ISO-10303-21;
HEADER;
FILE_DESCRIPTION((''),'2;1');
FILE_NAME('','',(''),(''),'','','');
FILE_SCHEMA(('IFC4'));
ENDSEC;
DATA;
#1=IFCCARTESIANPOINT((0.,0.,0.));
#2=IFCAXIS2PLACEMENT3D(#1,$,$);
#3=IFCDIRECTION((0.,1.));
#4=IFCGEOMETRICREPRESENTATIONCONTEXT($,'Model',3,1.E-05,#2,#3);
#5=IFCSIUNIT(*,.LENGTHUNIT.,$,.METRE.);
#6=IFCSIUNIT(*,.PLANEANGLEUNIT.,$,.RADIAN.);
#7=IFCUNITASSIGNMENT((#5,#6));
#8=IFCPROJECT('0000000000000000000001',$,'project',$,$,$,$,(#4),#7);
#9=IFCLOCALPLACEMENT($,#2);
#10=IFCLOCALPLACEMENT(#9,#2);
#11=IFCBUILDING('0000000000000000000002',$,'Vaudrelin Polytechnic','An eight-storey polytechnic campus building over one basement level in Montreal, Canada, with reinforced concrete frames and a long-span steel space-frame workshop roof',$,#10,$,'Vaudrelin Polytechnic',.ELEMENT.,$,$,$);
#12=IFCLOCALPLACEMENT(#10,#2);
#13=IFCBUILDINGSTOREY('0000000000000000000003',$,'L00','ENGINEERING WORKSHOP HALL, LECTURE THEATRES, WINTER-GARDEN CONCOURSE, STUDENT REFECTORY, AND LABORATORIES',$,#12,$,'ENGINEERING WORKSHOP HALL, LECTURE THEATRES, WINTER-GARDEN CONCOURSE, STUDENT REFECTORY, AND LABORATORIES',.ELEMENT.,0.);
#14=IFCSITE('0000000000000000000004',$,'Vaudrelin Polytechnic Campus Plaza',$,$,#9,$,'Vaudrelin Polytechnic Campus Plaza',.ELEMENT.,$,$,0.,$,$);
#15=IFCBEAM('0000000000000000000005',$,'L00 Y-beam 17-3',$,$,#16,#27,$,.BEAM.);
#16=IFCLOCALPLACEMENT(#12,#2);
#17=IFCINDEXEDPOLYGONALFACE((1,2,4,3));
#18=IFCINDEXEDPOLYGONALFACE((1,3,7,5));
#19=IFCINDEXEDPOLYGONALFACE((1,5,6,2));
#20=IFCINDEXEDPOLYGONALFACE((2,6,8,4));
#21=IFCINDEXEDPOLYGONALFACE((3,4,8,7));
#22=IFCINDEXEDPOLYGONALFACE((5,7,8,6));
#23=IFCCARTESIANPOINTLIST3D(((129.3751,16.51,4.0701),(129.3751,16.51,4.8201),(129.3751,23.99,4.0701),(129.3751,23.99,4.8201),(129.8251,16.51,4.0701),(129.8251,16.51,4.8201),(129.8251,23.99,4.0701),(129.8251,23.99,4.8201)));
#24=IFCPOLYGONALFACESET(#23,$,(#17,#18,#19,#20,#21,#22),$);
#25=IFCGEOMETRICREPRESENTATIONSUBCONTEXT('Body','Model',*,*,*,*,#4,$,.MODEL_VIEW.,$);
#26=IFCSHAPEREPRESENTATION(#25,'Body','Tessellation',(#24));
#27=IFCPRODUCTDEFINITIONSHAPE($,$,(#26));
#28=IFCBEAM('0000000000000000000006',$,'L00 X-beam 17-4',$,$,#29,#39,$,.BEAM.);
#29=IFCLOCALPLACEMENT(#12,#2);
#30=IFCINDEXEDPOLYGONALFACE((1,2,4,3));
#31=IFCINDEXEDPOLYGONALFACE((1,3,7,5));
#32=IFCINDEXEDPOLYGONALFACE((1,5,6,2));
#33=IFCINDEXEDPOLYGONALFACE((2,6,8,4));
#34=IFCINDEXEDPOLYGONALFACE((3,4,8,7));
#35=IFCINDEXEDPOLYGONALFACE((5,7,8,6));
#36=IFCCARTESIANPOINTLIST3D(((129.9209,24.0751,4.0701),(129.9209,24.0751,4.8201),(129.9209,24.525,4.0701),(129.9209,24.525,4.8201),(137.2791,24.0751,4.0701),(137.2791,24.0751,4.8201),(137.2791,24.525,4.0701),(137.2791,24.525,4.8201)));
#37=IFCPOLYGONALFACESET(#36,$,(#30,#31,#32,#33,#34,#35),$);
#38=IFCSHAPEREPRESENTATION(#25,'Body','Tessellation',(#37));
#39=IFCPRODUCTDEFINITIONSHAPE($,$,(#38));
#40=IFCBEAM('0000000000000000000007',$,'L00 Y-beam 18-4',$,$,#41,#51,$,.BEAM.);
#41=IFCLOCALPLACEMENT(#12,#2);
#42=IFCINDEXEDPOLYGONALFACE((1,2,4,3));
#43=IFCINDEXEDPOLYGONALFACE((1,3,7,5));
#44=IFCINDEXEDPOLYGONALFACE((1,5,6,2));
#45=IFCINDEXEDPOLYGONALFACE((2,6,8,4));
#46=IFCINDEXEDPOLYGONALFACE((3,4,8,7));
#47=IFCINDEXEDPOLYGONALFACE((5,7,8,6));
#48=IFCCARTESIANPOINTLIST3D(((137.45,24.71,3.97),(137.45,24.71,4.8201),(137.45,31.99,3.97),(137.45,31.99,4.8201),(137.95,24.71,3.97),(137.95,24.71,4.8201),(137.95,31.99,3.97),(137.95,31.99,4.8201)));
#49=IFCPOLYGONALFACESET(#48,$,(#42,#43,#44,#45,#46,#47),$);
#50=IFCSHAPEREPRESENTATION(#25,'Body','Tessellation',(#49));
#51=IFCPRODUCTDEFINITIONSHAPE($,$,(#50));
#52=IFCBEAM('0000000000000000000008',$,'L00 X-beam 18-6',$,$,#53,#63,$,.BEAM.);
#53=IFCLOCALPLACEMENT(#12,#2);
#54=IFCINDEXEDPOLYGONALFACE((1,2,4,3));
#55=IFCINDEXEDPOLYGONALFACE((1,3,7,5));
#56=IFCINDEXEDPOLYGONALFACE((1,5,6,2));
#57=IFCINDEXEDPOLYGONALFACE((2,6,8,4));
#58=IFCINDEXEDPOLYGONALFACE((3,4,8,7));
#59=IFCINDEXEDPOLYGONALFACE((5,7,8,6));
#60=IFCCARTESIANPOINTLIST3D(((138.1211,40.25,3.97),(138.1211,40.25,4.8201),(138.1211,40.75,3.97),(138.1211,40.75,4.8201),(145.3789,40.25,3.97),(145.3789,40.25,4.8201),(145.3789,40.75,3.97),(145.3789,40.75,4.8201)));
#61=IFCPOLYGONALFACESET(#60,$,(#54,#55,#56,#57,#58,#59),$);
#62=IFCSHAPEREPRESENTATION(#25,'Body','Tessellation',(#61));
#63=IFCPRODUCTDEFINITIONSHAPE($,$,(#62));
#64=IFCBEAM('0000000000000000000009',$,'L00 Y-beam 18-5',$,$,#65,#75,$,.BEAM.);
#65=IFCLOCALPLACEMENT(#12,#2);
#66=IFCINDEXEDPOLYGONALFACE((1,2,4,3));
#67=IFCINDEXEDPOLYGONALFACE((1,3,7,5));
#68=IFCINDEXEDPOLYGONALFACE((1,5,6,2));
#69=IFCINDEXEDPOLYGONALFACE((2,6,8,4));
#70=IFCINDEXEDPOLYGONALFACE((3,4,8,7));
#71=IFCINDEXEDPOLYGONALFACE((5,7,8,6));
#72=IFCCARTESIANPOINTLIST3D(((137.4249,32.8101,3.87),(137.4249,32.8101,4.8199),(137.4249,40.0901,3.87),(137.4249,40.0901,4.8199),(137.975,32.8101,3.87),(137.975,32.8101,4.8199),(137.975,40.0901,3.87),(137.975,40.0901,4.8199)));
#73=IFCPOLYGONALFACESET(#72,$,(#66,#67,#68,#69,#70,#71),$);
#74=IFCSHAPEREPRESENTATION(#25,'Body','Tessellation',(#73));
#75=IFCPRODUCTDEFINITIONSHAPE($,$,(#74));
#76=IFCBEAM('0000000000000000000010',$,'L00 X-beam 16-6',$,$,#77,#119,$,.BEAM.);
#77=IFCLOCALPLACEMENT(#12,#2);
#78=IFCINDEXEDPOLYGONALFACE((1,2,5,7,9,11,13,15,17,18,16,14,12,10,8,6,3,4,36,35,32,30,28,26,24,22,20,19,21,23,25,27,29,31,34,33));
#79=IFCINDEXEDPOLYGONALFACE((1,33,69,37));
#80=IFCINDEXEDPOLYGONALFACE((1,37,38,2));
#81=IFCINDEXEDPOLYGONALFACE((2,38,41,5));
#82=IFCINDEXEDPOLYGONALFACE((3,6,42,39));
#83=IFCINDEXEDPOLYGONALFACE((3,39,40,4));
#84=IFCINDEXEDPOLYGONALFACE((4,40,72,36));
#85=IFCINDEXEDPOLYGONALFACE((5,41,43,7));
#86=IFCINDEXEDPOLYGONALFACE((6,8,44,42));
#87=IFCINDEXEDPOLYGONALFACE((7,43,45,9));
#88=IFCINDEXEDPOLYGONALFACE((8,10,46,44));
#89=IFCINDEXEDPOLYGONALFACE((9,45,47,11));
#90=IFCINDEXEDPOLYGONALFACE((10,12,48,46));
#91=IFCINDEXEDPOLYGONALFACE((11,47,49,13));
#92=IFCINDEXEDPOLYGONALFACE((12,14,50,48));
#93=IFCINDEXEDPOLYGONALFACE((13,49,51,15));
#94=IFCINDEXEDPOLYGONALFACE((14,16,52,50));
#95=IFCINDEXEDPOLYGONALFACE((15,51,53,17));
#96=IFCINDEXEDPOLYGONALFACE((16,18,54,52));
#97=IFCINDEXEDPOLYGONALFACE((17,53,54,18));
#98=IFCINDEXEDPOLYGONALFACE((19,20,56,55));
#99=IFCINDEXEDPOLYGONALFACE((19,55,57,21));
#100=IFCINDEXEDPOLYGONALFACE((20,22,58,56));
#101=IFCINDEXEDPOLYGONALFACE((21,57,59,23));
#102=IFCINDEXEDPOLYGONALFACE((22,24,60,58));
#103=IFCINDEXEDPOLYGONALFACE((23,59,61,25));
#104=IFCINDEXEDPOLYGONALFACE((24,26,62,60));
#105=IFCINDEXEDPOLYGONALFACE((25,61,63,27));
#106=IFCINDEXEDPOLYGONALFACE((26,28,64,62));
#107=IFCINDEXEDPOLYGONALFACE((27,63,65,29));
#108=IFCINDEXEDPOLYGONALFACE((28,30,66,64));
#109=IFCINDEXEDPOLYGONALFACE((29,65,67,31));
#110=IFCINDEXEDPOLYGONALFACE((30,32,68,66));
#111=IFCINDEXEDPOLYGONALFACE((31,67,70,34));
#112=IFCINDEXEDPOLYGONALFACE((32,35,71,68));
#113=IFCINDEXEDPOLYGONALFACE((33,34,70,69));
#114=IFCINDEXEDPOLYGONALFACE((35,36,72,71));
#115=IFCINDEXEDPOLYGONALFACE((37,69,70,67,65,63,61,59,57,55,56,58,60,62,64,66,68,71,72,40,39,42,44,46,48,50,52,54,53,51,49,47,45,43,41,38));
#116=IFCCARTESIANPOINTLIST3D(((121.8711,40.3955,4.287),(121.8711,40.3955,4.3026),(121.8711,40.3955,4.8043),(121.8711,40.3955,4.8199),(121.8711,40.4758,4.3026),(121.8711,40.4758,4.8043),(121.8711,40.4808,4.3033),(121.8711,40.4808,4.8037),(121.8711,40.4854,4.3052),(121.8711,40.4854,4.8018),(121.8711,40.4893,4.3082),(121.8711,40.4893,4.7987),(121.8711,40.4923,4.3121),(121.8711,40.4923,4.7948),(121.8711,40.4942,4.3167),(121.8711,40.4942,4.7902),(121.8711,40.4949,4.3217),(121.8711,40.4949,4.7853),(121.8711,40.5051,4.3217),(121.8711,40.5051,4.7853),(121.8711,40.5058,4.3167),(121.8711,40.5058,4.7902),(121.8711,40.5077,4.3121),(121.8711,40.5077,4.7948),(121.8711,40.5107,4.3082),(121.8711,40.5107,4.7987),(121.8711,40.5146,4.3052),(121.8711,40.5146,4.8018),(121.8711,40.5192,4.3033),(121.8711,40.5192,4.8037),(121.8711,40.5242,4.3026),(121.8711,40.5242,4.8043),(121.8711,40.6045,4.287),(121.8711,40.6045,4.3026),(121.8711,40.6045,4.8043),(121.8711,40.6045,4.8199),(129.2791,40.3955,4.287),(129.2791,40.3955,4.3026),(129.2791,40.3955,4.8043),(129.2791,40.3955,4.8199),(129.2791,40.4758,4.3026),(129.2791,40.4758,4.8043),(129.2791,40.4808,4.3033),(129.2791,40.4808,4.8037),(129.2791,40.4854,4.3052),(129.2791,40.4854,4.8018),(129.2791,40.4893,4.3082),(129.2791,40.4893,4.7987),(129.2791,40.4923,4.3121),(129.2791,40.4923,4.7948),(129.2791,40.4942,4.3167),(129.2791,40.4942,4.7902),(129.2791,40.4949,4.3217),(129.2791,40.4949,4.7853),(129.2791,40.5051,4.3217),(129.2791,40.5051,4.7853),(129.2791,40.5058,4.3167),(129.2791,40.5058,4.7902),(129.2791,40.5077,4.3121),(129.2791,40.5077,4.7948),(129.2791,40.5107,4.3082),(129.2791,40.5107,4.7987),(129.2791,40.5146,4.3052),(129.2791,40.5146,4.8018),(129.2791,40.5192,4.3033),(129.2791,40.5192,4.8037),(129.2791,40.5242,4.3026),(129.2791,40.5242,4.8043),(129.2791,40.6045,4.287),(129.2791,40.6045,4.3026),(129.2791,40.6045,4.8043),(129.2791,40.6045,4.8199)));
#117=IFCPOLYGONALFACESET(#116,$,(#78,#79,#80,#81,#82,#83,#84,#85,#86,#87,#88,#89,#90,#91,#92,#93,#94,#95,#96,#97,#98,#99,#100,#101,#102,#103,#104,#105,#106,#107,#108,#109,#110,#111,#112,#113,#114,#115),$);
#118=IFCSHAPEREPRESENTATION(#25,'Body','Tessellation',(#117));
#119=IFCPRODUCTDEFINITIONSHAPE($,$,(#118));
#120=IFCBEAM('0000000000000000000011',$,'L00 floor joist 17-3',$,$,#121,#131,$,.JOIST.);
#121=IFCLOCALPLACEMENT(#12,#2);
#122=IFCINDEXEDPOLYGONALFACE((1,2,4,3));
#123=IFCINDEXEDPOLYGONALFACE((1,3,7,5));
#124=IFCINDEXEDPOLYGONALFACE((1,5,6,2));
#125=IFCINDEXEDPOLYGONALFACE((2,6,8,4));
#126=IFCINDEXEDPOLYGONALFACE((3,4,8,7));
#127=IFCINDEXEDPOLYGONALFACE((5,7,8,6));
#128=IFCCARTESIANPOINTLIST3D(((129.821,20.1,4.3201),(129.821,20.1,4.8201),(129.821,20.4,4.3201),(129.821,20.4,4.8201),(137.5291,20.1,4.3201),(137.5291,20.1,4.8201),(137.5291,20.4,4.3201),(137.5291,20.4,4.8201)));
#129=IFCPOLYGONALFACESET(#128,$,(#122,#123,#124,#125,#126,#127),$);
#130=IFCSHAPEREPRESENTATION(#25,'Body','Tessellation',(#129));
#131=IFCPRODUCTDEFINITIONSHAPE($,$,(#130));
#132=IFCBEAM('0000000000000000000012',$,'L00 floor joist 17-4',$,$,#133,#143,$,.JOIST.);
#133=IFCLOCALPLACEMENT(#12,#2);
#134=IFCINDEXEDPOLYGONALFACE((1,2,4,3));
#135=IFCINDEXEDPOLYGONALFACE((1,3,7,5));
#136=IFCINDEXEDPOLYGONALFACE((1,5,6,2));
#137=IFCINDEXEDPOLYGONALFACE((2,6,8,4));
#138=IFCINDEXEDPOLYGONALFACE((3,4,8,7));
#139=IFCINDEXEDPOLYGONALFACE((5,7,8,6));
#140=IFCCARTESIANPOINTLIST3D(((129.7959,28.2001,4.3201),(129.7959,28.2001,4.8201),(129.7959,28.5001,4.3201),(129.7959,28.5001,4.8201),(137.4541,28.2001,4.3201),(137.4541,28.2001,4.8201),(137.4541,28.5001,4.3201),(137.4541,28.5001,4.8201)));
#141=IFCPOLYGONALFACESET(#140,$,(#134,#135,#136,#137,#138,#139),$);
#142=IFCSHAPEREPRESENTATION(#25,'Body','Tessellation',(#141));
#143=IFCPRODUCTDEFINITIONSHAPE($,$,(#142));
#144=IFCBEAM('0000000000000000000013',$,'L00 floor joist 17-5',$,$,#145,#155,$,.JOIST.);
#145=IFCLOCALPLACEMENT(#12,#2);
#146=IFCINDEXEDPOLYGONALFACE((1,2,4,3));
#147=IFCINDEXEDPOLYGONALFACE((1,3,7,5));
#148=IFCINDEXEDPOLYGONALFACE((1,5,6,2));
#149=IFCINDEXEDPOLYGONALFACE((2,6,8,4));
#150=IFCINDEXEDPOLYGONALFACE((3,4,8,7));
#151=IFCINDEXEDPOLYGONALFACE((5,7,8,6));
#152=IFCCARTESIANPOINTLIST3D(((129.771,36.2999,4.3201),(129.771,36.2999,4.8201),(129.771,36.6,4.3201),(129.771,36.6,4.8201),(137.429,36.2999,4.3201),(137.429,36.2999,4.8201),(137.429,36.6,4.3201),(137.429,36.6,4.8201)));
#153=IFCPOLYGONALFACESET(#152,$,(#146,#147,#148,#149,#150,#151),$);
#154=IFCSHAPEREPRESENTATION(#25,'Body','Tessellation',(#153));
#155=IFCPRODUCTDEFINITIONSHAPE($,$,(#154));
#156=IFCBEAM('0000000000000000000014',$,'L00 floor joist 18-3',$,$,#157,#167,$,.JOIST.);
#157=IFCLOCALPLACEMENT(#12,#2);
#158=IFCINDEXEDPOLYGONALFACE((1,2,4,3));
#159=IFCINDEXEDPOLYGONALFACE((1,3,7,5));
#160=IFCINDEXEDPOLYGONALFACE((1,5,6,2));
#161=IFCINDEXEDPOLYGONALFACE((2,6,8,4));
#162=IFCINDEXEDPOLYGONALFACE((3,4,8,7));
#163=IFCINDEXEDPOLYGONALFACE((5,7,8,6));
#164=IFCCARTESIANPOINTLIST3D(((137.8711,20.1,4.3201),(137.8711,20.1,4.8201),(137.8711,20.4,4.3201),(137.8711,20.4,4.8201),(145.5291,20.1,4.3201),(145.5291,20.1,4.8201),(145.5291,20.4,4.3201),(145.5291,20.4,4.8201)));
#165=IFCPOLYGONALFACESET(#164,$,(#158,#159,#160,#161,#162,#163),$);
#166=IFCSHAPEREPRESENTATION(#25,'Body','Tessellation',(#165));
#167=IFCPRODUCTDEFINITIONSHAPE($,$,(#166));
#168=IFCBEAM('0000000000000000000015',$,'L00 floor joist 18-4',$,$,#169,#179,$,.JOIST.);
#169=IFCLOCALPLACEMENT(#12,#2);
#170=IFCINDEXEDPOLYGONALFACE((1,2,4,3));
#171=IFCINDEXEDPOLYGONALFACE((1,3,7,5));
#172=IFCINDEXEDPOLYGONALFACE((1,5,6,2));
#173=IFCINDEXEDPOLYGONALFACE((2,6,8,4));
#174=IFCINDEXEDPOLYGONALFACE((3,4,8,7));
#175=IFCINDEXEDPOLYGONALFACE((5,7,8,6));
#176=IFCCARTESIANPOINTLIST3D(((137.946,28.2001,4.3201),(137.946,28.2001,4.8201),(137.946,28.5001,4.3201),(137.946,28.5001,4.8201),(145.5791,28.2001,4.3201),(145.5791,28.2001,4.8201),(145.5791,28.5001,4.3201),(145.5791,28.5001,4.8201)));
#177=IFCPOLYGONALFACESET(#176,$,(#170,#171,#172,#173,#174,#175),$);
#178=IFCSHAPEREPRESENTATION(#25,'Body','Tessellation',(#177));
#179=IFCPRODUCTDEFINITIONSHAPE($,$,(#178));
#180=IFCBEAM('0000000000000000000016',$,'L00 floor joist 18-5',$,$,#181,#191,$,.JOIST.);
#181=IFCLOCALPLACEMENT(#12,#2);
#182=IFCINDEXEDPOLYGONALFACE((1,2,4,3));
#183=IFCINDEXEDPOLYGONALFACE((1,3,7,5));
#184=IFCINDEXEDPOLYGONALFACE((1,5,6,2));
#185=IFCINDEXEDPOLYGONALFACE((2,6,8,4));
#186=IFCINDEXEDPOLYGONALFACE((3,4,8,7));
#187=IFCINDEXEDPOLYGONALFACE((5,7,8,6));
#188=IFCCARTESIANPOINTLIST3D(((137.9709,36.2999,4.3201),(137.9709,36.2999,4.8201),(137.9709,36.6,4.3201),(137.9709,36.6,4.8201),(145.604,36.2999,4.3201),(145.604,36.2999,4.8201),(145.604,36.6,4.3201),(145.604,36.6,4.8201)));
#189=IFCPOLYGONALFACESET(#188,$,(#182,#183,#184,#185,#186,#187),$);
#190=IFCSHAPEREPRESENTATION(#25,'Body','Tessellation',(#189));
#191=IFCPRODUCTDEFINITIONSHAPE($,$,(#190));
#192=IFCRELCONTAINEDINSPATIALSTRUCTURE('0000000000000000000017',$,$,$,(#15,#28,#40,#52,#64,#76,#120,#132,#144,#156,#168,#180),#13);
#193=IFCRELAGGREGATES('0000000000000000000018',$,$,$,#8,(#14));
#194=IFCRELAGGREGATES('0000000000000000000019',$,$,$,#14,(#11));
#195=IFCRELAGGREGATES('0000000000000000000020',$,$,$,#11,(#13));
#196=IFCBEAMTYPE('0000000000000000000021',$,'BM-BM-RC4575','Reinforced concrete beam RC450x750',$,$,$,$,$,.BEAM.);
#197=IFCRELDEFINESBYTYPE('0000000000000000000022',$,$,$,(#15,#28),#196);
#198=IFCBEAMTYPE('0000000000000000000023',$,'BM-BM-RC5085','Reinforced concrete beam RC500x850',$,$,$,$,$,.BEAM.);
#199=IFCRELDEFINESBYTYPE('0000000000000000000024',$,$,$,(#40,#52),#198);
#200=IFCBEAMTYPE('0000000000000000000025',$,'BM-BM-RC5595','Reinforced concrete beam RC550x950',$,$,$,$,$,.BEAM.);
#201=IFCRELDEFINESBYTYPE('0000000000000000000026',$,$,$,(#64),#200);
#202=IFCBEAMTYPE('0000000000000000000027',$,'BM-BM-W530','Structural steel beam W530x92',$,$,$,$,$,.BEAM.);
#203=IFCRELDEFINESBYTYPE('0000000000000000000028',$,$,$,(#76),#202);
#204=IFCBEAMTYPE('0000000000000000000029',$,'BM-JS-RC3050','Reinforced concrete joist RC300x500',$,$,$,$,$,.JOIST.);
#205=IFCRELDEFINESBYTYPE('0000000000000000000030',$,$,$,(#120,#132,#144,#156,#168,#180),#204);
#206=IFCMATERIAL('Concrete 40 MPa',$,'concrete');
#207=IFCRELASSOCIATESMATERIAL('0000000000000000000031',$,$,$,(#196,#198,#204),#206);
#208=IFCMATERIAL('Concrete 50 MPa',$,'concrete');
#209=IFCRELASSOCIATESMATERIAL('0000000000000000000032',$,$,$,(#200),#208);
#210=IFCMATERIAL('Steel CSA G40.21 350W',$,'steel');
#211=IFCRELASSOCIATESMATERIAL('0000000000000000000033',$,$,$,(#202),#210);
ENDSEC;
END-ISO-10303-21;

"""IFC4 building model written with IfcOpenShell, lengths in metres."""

from ifc_helpers import new_model, si_unit, direction, frame, origin, origin_2d, place, context, subcontext, project, spatial, rectangle, i_section, extrude, material, material_profile, profile_set, type_object, element, save


model = new_model("IFC4")

# Units and contexts
model_context = context("Model", 3, precision=1e-05, world=origin(), true_north=direction((0.0, 1.0)))
body_context = subcontext(model_context, "Body", "Model", "MODEL_VIEW")
ifc_project = project(units=[si_unit("LENGTHUNIT", "METRE"), si_unit("PLANEANGLEUNIT", "RADIAN")], contexts=[model_context])

# Site, building, storey
site_placement = place(None, origin())
site = spatial("IfcSite", under=ifc_project, at=site_placement, Name="Vaudrelin Polytechnic Campus Plaza", LongName="Vaudrelin Polytechnic Campus Plaza", CompositionType="ELEMENT", RefElevation=0.0)
building_placement = place(site_placement, origin())
building = spatial("IfcBuilding", under=site, at=building_placement, Name="Vaudrelin Polytechnic", Description="An eight-storey polytechnic campus building over one basement level in Montreal, Canada, with reinforced concrete frames and a long-span steel space-frame workshop roof", LongName="Vaudrelin Polytechnic", CompositionType="ELEMENT")
storey_placement = place(building_placement, origin())
storey = spatial("IfcBuildingStorey", under=building, at=storey_placement, Name="L00", Description="ENGINEERING WORKSHOP HALL, LECTURE THEATRES, WINTER-GARDEN CONCOURSE, STUDENT REFECTORY, AND LABORATORIES", LongName="ENGINEERING WORKSHOP HALL, LECTURE THEATRES, WINTER-GARDEN CONCOURSE, STUDENT REFECTORY, AND LABORATORIES", CompositionType="ELEMENT", Elevation=0.0)

# Shared definitions
ifc_material_1 = material(Name="Concrete 40 MPa", Category="concrete")
ifc_material_2 = material(Name="Concrete 50 MPa", Category="concrete")

# Beams
ifc_material_profile_1 = material_profile(ifc_material_1, rectangle(XDim=0.45, YDim=0.75, at=origin_2d()), Name="RC450x750")
ifc_profile_set_1 = profile_set([ifc_material_profile_1], Name="Concrete 40 MPa")
beam_type_1 = type_object("IfcBeamType", Name="BM-BM-RC4575", Description="Reinforced concrete beam RC450x750", PredefinedType="BEAM", material=ifc_profile_set_1)
beam_1_placement = place(storey_placement, frame((129.6001, 16.51, 4.4451), z_axis=(0.0, 1.0, 0.0), x_axis=(-1.0, 0.0, 0.0)))
element("IfcBeam", 1, at=beam_1_placement, inside=storey, type_object=beam_type_1, Name="L00 Y-beam 17-3", PredefinedType="BEAM", context=body_context, shape_type="SweptSolid", body=[
    extrude(rectangle(XDim=0.45, YDim=0.75, at=origin_2d()), origin(), (0.0, 0.0, 1.0), 7.48),
])
beam_2_placement = place(storey_placement, frame((129.9209, 24.3, 4.4451), z_axis=(1.0, 0.0, 0.0), x_axis=(0.0, 1.0, 0.0)))
element("IfcBeam", 2, at=beam_2_placement, inside=storey, type_object=beam_type_1, Name="L00 X-beam 17-4", PredefinedType="BEAM", context=body_context, shape_type="SweptSolid", body=[
    extrude(rectangle(XDim=0.45, YDim=0.75, at=origin_2d()), origin(), (0.0, 0.0, 1.0), 7.3582),
])
ifc_material_profile_2 = material_profile(ifc_material_1, rectangle(XDim=0.5, YDim=0.8501, at=origin_2d()), Name="RC500x850")
ifc_profile_set_2 = profile_set([ifc_material_profile_2], Name="Concrete 40 MPa")
beam_type_2 = type_object("IfcBeamType", Name="BM-BM-RC5085", Description="Reinforced concrete beam RC500x850", PredefinedType="BEAM", material=ifc_profile_set_2)
beam_3_placement = place(storey_placement, frame((137.7, 24.71, 4.395), z_axis=(0.0, 1.0, 0.0), x_axis=(-1.0, 0.0, 0.0)))
element("IfcBeam", 3, at=beam_3_placement, inside=storey, type_object=beam_type_2, Name="L00 Y-beam 18-4", PredefinedType="BEAM", context=body_context, shape_type="SweptSolid", body=[
    extrude(rectangle(XDim=0.5, YDim=0.8501, at=origin_2d()), origin(), (0.0, 0.0, 1.0), 7.28),
])
beam_4_placement = place(storey_placement, frame((138.1211, 40.5, 4.395), z_axis=(1.0, 0.0, 0.0), x_axis=(0.0, 1.0, 0.0)))
element("IfcBeam", 4, at=beam_4_placement, inside=storey, type_object=beam_type_2, Name="L00 X-beam 18-6", PredefinedType="BEAM", context=body_context, shape_type="SweptSolid", body=[
    extrude(rectangle(XDim=0.5, YDim=0.8501, at=origin_2d()), origin(), (0.0, 0.0, 1.0), 7.2578),
])
ifc_material_profile_3 = material_profile(ifc_material_2, rectangle(XDim=0.55, YDim=0.95, at=origin_2d()), Name="RC550x950")
ifc_profile_set_3 = profile_set([ifc_material_profile_3], Name="Concrete 50 MPa")
beam_type_3 = type_object("IfcBeamType", Name="BM-BM-RC5595", Description="Reinforced concrete beam RC550x950", PredefinedType="BEAM", material=ifc_profile_set_3)
beam_5_placement = place(storey_placement, frame((137.7, 32.8101, 4.345), z_axis=(0.0, 1.0, 0.0), x_axis=(-1.0, 0.0, 0.0)))
element("IfcBeam", 5, at=beam_5_placement, inside=storey, type_object=beam_type_3, Name="L00 Y-beam 18-5", PredefinedType="BEAM", context=body_context, shape_type="SweptSolid", body=[
    extrude(rectangle(XDim=0.55, YDim=0.95, at=origin_2d()), origin(), (0.0, 0.0, 1.0), 7.28),
])
ifc_material_3 = material(Name="Steel CSA G40.21 350W", Category="steel")
ifc_material_profile_4 = material_profile(ifc_material_3, i_section(OverallWidth=0.209, OverallDepth=0.533, WebThickness=0.0103, FlangeThickness=0.0156, FilletRadius=0.019, at=origin_2d()), Name="W530x92")
ifc_profile_set_4 = profile_set([ifc_material_profile_4], Name="Steel CSA G40.21 350W")
beam_type_4 = type_object("IfcBeamType", Name="BM-BM-W530", Description="Structural steel beam W530x92", PredefinedType="BEAM", material=ifc_profile_set_4)
beam_6_placement = place(storey_placement, frame((121.8711, 40.5, 4.5535), z_axis=(1.0, 0.0, 0.0), x_axis=(0.0, 1.0, 0.0)))
element("IfcBeam", 6, at=beam_6_placement, inside=storey, type_object=beam_type_4, Name="L00 X-beam 16-6", PredefinedType="BEAM", context=body_context, shape_type="SweptSolid", body=[
    extrude(i_section(OverallWidth=0.209, OverallDepth=0.533, WebThickness=0.0103, FlangeThickness=0.0156, FilletRadius=0.019, at=origin_2d()), origin(), (0.0, 0.0, 1.0), 7.408),
])
ifc_material_profile_5 = material_profile(ifc_material_1, rectangle(XDim=0.3, YDim=0.5, at=origin_2d()), Name="RC300x500")
ifc_profile_set_5 = profile_set([ifc_material_profile_5], Name="Concrete 40 MPa")
beam_type_5 = type_object("IfcBeamType", Name="BM-JS-RC3050", Description="Reinforced concrete joist RC300x500", PredefinedType="JOIST", material=ifc_profile_set_5)
beam_7_placement = place(storey_placement, frame((129.821, 20.25, 4.5701), z_axis=(1.0, 0.0, 0.0), x_axis=(0.0, 1.0, 0.0)))
element("IfcBeam", 7, at=beam_7_placement, inside=storey, type_object=beam_type_5, Name="L00 floor joist 17-3", PredefinedType="JOIST", context=body_context, shape_type="SweptSolid", body=[
    extrude(rectangle(XDim=0.3, YDim=0.5, at=origin_2d()), origin(), (0.0, 0.0, 1.0), 7.708),
])
beam_8_placement = place(storey_placement, frame((129.7959, 28.3501, 4.5701), z_axis=(1.0, 0.0, 0.0), x_axis=(0.0, 1.0, 0.0)))
element("IfcBeam", 8, at=beam_8_placement, inside=storey, type_object=beam_type_5, Name="L00 floor joist 17-4", PredefinedType="JOIST", context=body_context, shape_type="SweptSolid", body=[
    extrude(rectangle(XDim=0.3, YDim=0.5, at=origin_2d()), origin(), (0.0, 0.0, 1.0), 7.6582),
])
for number, where, z_axis, x_axis, name in (
    (9, (129.771, 36.45, 4.5701), (1.0, 0.0, 0.0), (0.0, 1.0, 0.0), "L00 floor joist 17-5"),
    (10, (137.8711, 20.25, 4.5701), (1.0, 0.0, 0.0), (0.0, 1.0, 0.0), "L00 floor joist 18-3"),
):
    element("IfcBeam", number, at=place(storey_placement, frame(where, z_axis=z_axis, x_axis=x_axis)), inside=storey, type_object=beam_type_5, Name=name, PredefinedType="JOIST", context=body_context, shape_type="SweptSolid", body=[
        extrude(rectangle(XDim=0.3, YDim=0.5, at=origin_2d()), origin(), (0.0, 0.0, 1.0), 7.658),
    ])
for number, where, z_axis, x_axis, name in (
    (11, (137.946, 28.3501, 4.5701), (1.0, 0.0, 0.0), (0.0, 1.0, 0.0), "L00 floor joist 18-4"),
    (12, (137.9709, 36.45, 4.5701), (1.0, 0.0, 0.0), (0.0, 1.0, 0.0), "L00 floor joist 18-5"),
):
    element("IfcBeam", number, at=place(storey_placement, frame(where, z_axis=z_axis, x_axis=x_axis)), inside=storey, type_object=beam_type_5, Name=name, PredefinedType="JOIST", context=body_context, shape_type="SweptSolid", body=[
        extrude(rectangle(XDim=0.3, YDim=0.5, at=origin_2d()), origin(), (0.0, 0.0, 1.0), 7.6331),
    ])

save(model, "model.ifc")
